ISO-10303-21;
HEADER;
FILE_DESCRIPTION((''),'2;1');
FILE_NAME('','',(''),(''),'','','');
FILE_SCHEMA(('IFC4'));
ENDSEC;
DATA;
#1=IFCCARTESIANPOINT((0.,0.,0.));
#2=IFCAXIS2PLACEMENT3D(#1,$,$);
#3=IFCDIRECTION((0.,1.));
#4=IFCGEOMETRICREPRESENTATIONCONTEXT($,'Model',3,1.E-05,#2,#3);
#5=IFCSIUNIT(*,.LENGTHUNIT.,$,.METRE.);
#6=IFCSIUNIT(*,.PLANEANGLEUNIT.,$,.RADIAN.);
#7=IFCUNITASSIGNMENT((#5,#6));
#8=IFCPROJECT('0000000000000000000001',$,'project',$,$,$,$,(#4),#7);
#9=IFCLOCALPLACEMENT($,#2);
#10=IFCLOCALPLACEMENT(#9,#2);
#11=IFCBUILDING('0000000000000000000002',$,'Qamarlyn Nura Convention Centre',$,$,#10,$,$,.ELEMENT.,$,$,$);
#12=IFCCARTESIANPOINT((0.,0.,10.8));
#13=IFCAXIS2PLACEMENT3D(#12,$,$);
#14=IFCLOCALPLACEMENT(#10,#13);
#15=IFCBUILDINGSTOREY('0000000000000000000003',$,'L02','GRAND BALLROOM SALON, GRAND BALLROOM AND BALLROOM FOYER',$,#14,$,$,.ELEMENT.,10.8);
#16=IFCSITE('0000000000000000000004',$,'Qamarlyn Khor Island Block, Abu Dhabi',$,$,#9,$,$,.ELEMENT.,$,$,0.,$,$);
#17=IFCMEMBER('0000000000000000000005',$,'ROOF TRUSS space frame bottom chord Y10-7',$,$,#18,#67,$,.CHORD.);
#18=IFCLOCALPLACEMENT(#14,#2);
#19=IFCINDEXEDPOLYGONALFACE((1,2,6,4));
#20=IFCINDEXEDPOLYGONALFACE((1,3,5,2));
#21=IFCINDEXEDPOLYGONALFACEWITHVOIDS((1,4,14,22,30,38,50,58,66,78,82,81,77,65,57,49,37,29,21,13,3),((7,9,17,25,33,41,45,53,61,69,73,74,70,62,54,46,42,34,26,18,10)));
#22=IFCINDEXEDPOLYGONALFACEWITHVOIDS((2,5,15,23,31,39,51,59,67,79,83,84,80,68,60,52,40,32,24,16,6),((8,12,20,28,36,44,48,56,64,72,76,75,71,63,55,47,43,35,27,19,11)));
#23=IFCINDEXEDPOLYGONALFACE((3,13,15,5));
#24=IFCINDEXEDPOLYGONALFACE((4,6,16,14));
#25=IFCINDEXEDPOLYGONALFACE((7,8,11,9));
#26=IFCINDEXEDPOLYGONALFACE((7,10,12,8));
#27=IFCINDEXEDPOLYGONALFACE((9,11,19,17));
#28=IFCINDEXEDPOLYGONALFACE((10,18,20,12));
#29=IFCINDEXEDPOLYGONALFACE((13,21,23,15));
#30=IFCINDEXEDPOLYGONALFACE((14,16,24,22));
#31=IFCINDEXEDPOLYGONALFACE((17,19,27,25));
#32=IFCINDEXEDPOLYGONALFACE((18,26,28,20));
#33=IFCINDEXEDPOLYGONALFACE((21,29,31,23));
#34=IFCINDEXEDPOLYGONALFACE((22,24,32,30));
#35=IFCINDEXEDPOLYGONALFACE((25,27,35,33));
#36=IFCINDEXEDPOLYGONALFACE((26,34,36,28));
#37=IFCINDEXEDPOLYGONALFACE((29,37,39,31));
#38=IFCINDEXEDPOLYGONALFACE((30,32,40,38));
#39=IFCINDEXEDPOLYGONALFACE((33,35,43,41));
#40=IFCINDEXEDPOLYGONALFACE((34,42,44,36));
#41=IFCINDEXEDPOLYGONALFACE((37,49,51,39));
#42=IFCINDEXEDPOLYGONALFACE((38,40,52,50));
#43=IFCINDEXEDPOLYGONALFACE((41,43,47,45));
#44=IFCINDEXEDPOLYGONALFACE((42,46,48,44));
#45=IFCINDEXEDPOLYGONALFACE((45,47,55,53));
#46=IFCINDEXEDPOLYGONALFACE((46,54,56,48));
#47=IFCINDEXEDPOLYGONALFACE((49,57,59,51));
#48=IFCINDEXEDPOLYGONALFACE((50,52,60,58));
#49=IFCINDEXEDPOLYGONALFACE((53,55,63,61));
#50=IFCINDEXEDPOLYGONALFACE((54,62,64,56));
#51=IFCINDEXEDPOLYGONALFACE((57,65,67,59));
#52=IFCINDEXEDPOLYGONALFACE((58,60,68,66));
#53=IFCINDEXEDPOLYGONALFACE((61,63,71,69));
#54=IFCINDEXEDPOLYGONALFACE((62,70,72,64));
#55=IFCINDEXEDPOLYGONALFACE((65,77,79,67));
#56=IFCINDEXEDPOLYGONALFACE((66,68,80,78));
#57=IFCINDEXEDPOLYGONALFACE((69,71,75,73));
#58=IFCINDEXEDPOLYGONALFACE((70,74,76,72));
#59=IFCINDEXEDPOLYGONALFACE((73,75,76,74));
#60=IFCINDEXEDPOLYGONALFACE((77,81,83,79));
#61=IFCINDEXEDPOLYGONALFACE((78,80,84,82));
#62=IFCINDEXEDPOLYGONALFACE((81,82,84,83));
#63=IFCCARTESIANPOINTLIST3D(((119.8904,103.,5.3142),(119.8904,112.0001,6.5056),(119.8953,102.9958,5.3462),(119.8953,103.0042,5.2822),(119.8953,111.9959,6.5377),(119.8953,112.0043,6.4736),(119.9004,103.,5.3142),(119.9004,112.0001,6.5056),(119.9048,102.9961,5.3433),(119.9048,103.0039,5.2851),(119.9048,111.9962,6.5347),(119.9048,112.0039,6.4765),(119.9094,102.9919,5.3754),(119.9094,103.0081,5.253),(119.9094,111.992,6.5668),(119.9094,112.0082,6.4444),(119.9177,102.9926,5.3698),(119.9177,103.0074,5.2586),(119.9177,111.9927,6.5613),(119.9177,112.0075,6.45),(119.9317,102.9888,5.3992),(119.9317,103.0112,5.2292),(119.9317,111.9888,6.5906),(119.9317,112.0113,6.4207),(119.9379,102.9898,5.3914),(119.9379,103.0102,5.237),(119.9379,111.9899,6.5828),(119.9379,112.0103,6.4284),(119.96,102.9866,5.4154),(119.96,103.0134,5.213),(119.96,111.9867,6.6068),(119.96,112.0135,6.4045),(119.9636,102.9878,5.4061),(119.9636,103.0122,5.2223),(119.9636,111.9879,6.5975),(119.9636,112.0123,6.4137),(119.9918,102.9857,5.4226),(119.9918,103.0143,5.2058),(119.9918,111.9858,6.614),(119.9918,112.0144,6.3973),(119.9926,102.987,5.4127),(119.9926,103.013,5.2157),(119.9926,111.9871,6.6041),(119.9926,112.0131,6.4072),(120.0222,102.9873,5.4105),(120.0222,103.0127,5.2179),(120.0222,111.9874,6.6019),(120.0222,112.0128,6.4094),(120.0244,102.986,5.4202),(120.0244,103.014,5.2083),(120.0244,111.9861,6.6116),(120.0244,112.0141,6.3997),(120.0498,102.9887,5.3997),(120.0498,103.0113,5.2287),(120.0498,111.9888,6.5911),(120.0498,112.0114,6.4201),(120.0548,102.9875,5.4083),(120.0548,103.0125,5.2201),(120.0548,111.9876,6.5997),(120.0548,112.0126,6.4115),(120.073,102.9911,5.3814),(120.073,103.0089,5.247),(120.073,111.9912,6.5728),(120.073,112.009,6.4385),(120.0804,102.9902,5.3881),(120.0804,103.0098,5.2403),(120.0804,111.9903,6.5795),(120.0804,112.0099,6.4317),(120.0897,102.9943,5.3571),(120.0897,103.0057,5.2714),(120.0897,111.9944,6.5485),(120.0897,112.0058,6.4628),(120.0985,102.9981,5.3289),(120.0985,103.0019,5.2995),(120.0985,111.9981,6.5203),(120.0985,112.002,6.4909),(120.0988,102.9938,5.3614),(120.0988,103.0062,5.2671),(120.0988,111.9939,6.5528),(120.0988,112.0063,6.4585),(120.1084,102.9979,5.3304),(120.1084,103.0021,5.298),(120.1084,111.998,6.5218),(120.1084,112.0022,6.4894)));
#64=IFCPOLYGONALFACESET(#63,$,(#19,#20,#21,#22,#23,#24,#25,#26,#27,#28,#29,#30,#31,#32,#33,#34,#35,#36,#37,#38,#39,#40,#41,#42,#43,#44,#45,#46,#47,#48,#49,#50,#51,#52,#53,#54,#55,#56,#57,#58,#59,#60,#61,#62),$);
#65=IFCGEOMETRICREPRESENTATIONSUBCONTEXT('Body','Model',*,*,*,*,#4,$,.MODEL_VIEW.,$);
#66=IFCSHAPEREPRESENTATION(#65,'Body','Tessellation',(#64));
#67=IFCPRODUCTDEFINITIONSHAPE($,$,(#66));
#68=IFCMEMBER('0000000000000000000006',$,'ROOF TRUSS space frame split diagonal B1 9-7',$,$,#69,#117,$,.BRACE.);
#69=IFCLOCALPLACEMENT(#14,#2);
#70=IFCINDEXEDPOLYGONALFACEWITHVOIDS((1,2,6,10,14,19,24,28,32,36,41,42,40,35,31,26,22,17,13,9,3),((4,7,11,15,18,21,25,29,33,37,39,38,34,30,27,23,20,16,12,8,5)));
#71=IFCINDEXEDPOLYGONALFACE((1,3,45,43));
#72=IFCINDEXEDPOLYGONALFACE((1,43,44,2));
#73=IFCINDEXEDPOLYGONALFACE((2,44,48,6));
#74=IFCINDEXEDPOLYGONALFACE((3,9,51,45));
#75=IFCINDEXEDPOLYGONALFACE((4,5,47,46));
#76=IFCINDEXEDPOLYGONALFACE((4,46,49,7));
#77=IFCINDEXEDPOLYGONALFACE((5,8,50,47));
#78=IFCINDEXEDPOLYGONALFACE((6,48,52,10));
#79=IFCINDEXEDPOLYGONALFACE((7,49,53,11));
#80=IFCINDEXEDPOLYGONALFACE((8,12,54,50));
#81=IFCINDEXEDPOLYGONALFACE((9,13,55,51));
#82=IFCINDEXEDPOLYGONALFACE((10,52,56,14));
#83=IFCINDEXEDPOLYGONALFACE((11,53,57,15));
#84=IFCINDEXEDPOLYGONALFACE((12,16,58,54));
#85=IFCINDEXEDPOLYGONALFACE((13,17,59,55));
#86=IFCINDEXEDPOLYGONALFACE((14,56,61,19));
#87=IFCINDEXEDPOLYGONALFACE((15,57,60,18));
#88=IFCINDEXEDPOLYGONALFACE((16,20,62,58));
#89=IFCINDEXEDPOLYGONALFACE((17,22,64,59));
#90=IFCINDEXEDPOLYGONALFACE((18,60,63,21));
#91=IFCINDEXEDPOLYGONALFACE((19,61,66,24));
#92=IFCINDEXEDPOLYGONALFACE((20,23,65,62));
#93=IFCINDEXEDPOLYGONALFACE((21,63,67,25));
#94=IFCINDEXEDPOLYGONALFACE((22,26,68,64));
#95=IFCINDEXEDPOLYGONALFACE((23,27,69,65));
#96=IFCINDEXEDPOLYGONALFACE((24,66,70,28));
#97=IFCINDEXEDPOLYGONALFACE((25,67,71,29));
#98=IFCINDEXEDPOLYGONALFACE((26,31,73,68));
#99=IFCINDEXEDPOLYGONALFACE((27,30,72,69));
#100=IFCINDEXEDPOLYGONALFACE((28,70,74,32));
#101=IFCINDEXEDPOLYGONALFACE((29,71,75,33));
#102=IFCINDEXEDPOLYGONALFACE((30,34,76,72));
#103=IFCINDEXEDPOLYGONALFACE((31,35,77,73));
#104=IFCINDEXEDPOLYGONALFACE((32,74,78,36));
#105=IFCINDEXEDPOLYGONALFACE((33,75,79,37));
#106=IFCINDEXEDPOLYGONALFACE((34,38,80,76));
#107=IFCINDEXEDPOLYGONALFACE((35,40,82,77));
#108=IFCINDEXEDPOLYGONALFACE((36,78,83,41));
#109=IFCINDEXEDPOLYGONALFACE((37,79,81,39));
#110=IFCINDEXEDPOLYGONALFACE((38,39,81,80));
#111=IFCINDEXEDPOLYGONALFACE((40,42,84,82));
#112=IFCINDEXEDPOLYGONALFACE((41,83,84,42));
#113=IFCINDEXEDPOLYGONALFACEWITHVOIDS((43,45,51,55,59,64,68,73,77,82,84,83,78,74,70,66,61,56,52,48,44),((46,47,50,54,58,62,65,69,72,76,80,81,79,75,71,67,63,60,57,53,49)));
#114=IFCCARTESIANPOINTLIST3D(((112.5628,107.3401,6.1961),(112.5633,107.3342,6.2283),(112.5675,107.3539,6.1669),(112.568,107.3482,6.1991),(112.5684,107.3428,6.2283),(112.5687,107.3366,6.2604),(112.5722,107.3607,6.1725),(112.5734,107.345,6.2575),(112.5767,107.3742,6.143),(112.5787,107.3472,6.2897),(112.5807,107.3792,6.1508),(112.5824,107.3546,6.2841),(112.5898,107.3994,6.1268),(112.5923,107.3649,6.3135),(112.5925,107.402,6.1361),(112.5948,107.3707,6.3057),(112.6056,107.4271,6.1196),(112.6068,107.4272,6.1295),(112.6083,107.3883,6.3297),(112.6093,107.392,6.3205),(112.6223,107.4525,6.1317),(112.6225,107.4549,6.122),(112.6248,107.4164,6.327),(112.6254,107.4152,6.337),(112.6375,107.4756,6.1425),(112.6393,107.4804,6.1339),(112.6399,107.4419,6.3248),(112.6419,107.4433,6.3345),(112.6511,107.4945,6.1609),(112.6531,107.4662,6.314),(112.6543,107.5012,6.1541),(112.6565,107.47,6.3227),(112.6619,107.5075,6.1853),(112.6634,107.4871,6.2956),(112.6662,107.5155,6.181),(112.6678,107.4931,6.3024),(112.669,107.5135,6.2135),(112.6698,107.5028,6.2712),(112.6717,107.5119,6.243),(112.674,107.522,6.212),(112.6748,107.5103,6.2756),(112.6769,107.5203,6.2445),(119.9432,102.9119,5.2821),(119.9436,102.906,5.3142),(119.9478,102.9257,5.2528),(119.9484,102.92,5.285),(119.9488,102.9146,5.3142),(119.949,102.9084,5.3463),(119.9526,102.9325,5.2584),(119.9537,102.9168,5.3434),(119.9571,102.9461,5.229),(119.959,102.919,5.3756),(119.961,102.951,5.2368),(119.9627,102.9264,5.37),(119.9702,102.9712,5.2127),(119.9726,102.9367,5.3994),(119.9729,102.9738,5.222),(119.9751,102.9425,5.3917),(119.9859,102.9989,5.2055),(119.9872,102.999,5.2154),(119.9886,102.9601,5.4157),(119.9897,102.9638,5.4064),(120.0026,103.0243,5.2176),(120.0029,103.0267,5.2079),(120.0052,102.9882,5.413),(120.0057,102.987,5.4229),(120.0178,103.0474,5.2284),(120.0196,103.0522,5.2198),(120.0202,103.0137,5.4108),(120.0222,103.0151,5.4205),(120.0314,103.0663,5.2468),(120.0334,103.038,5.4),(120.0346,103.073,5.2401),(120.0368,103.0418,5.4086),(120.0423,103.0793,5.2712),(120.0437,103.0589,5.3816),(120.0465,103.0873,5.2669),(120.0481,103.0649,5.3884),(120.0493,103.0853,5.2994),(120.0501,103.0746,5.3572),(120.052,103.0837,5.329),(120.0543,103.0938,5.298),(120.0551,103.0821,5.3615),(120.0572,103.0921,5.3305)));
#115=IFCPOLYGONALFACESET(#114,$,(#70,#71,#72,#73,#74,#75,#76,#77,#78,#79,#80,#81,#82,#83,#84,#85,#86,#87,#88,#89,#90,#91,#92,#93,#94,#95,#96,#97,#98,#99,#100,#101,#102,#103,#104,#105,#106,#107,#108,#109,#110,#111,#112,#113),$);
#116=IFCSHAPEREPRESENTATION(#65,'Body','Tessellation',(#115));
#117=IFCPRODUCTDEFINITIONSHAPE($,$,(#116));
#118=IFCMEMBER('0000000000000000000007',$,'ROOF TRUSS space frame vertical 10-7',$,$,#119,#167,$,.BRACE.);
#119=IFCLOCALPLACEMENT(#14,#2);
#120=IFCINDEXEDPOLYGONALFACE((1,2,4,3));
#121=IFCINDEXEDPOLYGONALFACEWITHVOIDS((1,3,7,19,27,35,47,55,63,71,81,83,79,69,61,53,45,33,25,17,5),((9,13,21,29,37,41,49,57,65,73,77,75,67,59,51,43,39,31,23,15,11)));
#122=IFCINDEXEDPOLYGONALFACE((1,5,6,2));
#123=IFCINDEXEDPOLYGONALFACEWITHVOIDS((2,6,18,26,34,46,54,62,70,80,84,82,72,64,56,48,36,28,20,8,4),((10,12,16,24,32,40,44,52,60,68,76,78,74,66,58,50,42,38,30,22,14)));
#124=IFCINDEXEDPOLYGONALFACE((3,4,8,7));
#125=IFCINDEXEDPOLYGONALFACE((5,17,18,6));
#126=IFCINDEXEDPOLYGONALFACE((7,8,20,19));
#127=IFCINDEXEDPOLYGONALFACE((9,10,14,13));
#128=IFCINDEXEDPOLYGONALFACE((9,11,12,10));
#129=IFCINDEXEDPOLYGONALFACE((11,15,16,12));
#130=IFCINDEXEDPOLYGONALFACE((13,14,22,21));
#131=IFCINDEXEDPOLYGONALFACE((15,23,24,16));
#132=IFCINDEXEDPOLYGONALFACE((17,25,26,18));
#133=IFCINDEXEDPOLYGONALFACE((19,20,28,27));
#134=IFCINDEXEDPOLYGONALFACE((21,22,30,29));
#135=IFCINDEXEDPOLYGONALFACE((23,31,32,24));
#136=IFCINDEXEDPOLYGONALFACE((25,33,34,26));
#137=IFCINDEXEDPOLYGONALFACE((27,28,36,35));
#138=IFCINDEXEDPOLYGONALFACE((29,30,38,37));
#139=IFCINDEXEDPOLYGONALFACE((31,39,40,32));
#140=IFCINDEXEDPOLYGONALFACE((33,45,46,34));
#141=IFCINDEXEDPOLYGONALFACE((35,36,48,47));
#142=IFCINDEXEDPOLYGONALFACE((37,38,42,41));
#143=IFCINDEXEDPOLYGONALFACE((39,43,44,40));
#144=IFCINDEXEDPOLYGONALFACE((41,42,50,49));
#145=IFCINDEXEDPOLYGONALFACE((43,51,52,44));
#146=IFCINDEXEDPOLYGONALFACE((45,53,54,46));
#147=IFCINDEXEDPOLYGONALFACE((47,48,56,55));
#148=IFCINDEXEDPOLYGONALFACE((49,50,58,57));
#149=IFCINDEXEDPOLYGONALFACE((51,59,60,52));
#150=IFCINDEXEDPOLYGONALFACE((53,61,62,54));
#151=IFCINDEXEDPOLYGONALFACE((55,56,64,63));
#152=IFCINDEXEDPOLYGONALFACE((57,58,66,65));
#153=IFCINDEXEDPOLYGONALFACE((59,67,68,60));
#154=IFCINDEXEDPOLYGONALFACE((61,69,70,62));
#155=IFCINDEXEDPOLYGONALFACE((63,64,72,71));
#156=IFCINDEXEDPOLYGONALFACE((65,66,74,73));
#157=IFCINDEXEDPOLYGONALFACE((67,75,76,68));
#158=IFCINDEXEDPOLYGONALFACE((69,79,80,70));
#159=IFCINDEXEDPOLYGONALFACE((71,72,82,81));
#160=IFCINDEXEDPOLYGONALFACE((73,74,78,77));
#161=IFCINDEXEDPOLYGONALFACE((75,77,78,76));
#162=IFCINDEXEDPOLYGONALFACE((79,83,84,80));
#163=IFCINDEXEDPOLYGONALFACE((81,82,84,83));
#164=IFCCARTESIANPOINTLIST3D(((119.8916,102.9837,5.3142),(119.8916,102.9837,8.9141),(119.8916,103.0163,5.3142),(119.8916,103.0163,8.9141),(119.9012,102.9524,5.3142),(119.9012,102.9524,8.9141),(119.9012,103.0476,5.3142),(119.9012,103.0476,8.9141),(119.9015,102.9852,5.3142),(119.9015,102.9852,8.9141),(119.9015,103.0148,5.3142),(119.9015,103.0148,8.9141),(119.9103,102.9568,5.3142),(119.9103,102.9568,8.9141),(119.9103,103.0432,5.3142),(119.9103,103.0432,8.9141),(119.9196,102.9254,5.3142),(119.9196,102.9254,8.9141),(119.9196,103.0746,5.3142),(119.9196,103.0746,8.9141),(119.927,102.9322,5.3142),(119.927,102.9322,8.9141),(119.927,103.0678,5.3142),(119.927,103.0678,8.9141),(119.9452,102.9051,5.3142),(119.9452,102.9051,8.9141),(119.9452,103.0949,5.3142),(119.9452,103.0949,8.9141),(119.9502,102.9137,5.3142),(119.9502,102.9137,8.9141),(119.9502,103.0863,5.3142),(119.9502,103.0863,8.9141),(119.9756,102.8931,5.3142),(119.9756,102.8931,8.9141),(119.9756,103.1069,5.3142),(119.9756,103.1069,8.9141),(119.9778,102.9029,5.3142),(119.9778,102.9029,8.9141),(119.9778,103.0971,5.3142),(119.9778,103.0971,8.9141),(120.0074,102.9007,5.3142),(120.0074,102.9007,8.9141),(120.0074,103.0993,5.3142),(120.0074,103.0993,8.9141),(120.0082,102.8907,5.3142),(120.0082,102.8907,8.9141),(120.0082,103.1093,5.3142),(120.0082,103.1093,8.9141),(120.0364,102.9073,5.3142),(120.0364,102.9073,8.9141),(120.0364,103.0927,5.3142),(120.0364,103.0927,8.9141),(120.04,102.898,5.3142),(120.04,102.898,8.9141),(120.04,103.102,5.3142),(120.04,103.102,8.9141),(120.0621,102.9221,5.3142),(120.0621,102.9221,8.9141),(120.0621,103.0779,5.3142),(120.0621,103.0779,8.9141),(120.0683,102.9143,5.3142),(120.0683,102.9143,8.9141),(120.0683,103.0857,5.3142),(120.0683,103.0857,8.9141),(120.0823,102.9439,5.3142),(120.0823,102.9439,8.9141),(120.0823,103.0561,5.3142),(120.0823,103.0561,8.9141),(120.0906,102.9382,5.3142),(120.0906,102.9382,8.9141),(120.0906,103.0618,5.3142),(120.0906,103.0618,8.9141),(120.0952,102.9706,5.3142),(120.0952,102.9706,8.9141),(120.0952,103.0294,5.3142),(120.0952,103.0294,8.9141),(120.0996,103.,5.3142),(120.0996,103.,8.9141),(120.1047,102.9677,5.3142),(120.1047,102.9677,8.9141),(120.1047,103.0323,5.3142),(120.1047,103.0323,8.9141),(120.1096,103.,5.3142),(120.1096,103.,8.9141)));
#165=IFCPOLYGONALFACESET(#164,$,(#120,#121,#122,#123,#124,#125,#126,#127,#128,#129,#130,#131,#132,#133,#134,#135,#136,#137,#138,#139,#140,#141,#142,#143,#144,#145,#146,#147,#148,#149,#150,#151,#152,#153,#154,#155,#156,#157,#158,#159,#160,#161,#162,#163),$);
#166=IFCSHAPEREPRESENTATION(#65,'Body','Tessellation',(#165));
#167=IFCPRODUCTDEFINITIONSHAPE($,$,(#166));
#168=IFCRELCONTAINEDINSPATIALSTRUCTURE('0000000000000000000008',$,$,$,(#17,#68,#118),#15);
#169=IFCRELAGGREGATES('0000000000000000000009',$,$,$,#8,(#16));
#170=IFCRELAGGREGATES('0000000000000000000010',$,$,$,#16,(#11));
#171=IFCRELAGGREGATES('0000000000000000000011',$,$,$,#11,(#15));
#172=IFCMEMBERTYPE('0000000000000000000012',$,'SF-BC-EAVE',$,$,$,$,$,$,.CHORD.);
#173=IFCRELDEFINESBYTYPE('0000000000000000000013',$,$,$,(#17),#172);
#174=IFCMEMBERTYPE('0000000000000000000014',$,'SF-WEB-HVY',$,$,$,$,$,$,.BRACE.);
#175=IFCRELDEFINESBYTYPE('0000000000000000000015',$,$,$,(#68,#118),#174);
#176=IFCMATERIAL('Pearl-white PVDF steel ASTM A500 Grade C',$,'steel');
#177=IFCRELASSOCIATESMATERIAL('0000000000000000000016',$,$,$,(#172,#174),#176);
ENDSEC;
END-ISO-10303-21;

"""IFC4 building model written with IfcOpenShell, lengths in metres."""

from ifc_helpers import new_model, si_unit, direction, frame, origin, origin_2d, place, context, subcontext, project, spatial, hollow_circle, extrude, material, material_profile, profile_set, type_object, element, save


model = new_model("IFC4")

# Units and contexts
model_context = context("Model", 3, precision=1e-05, world=origin(), true_north=direction((0.0, 1.0)))
body_context = subcontext(model_context, "Body", "Model", "MODEL_VIEW")
ifc_project = project(units=[si_unit("LENGTHUNIT", "METRE"), si_unit("PLANEANGLEUNIT", "RADIAN")], contexts=[model_context])

# Site, building, storey
site_placement = place(None, origin())
site = spatial("IfcSite", under=ifc_project, at=site_placement, Name="Qamarlyn Khor Island Block, Abu Dhabi", CompositionType="ELEMENT", RefElevation=0.0)
building_placement = place(site_placement, origin())
building = spatial("IfcBuilding", under=site, at=building_placement, Name="Qamarlyn Nura Convention Centre", CompositionType="ELEMENT")
storey_placement = place(building_placement, frame((0.0, 0.0, 10.8)))
storey = spatial("IfcBuildingStorey", under=building, at=storey_placement, Name="L02", Description="GRAND BALLROOM SALON, GRAND BALLROOM AND BALLROOM FOYER", CompositionType="ELEMENT", Elevation=10.8)

# Members
ifc_material_1 = material(Name="Pearl-white PVDF steel ASTM A500 Grade C", Category="steel")
ifc_material_profile_1 = material_profile(ifc_material_1, hollow_circle(Radius=0.1096, WallThickness=0.01, at=origin_2d()), Name="CHS219.1X10")
ifc_profile_set_1 = profile_set([ifc_material_profile_1], Name="Pearl-white PVDF steel ASTM A500 Grade C")
member_type_1 = type_object("IfcMemberType", Name="SF-BC-EAVE", PredefinedType="CHORD", material=ifc_profile_set_1)
for number, where, z_axis, x_axis, name in (
    (1, (120.0, 103.0, 5.3142), (0.0, 0.991351, 0.131234), (-1.0, 0.0, 0.0), "ROOF TRUSS space frame bottom chord Y10-7"),
):
    element("IfcMember", number, at=place(storey_placement, frame(where, z_axis=z_axis, x_axis=x_axis)), inside=storey, type_object=member_type_1, Name=name, PredefinedType="CHORD", context=body_context, shape_type="SweptSolid", body=[
        extrude(hollow_circle(Radius=0.1096, WallThickness=0.01, at=origin_2d()), origin(), (0.0, 0.0, 1.0), 9.0786),
    ])
ifc_material_profile_2 = material_profile(ifc_material_1, hollow_circle(Radius=0.1096, WallThickness=0.01, at=origin_2d()), Name="CHS219.1X10")
ifc_profile_set_2 = profile_set([ifc_material_profile_2], Name="Pearl-white PVDF steel ASTM A500 Grade C")
member_type_2 = type_object("IfcMemberType", Name="SF-WEB-HVY", PredefinedType="BRACE", material=ifc_profile_set_2)
member_1_placement = place(storey_placement, frame((120.0, 103.0, 5.3142), z_axis=(-0.852698, 0.511619, 0.105607), x_axis=(-0.514496, -0.857493, 0.0)))
element("IfcMember", 2, at=member_1_placement, inside=storey, type_object=member_type_2, Name="ROOF TRUSS space frame split diagonal B1 9-7", PredefinedType="BRACE", context=body_context, shape_type="SweptSolid", body=[
    extrude(hollow_circle(Radius=0.1096, WallThickness=0.01, at=origin_2d()), origin(), (0.0, 0.0, 1.0), 8.6553),
])
member_2_placement = place(storey_placement, frame((120.0, 103.0, 5.3142), z_axis=(0.0, 0.0, 1.0), x_axis=(1.0, 0.0, 0.0)))
element("IfcMember", 3, at=member_2_placement, inside=storey, type_object=member_type_2, Name="ROOF TRUSS space frame vertical 10-7", PredefinedType="BRACE", context=body_context, shape_type="SweptSolid", body=[
    extrude(hollow_circle(Radius=0.1096, WallThickness=0.01, at=origin_2d()), origin(), (0.0, 0.0, 1.0), 3.5999),
])

save(model, "model.ifc")
